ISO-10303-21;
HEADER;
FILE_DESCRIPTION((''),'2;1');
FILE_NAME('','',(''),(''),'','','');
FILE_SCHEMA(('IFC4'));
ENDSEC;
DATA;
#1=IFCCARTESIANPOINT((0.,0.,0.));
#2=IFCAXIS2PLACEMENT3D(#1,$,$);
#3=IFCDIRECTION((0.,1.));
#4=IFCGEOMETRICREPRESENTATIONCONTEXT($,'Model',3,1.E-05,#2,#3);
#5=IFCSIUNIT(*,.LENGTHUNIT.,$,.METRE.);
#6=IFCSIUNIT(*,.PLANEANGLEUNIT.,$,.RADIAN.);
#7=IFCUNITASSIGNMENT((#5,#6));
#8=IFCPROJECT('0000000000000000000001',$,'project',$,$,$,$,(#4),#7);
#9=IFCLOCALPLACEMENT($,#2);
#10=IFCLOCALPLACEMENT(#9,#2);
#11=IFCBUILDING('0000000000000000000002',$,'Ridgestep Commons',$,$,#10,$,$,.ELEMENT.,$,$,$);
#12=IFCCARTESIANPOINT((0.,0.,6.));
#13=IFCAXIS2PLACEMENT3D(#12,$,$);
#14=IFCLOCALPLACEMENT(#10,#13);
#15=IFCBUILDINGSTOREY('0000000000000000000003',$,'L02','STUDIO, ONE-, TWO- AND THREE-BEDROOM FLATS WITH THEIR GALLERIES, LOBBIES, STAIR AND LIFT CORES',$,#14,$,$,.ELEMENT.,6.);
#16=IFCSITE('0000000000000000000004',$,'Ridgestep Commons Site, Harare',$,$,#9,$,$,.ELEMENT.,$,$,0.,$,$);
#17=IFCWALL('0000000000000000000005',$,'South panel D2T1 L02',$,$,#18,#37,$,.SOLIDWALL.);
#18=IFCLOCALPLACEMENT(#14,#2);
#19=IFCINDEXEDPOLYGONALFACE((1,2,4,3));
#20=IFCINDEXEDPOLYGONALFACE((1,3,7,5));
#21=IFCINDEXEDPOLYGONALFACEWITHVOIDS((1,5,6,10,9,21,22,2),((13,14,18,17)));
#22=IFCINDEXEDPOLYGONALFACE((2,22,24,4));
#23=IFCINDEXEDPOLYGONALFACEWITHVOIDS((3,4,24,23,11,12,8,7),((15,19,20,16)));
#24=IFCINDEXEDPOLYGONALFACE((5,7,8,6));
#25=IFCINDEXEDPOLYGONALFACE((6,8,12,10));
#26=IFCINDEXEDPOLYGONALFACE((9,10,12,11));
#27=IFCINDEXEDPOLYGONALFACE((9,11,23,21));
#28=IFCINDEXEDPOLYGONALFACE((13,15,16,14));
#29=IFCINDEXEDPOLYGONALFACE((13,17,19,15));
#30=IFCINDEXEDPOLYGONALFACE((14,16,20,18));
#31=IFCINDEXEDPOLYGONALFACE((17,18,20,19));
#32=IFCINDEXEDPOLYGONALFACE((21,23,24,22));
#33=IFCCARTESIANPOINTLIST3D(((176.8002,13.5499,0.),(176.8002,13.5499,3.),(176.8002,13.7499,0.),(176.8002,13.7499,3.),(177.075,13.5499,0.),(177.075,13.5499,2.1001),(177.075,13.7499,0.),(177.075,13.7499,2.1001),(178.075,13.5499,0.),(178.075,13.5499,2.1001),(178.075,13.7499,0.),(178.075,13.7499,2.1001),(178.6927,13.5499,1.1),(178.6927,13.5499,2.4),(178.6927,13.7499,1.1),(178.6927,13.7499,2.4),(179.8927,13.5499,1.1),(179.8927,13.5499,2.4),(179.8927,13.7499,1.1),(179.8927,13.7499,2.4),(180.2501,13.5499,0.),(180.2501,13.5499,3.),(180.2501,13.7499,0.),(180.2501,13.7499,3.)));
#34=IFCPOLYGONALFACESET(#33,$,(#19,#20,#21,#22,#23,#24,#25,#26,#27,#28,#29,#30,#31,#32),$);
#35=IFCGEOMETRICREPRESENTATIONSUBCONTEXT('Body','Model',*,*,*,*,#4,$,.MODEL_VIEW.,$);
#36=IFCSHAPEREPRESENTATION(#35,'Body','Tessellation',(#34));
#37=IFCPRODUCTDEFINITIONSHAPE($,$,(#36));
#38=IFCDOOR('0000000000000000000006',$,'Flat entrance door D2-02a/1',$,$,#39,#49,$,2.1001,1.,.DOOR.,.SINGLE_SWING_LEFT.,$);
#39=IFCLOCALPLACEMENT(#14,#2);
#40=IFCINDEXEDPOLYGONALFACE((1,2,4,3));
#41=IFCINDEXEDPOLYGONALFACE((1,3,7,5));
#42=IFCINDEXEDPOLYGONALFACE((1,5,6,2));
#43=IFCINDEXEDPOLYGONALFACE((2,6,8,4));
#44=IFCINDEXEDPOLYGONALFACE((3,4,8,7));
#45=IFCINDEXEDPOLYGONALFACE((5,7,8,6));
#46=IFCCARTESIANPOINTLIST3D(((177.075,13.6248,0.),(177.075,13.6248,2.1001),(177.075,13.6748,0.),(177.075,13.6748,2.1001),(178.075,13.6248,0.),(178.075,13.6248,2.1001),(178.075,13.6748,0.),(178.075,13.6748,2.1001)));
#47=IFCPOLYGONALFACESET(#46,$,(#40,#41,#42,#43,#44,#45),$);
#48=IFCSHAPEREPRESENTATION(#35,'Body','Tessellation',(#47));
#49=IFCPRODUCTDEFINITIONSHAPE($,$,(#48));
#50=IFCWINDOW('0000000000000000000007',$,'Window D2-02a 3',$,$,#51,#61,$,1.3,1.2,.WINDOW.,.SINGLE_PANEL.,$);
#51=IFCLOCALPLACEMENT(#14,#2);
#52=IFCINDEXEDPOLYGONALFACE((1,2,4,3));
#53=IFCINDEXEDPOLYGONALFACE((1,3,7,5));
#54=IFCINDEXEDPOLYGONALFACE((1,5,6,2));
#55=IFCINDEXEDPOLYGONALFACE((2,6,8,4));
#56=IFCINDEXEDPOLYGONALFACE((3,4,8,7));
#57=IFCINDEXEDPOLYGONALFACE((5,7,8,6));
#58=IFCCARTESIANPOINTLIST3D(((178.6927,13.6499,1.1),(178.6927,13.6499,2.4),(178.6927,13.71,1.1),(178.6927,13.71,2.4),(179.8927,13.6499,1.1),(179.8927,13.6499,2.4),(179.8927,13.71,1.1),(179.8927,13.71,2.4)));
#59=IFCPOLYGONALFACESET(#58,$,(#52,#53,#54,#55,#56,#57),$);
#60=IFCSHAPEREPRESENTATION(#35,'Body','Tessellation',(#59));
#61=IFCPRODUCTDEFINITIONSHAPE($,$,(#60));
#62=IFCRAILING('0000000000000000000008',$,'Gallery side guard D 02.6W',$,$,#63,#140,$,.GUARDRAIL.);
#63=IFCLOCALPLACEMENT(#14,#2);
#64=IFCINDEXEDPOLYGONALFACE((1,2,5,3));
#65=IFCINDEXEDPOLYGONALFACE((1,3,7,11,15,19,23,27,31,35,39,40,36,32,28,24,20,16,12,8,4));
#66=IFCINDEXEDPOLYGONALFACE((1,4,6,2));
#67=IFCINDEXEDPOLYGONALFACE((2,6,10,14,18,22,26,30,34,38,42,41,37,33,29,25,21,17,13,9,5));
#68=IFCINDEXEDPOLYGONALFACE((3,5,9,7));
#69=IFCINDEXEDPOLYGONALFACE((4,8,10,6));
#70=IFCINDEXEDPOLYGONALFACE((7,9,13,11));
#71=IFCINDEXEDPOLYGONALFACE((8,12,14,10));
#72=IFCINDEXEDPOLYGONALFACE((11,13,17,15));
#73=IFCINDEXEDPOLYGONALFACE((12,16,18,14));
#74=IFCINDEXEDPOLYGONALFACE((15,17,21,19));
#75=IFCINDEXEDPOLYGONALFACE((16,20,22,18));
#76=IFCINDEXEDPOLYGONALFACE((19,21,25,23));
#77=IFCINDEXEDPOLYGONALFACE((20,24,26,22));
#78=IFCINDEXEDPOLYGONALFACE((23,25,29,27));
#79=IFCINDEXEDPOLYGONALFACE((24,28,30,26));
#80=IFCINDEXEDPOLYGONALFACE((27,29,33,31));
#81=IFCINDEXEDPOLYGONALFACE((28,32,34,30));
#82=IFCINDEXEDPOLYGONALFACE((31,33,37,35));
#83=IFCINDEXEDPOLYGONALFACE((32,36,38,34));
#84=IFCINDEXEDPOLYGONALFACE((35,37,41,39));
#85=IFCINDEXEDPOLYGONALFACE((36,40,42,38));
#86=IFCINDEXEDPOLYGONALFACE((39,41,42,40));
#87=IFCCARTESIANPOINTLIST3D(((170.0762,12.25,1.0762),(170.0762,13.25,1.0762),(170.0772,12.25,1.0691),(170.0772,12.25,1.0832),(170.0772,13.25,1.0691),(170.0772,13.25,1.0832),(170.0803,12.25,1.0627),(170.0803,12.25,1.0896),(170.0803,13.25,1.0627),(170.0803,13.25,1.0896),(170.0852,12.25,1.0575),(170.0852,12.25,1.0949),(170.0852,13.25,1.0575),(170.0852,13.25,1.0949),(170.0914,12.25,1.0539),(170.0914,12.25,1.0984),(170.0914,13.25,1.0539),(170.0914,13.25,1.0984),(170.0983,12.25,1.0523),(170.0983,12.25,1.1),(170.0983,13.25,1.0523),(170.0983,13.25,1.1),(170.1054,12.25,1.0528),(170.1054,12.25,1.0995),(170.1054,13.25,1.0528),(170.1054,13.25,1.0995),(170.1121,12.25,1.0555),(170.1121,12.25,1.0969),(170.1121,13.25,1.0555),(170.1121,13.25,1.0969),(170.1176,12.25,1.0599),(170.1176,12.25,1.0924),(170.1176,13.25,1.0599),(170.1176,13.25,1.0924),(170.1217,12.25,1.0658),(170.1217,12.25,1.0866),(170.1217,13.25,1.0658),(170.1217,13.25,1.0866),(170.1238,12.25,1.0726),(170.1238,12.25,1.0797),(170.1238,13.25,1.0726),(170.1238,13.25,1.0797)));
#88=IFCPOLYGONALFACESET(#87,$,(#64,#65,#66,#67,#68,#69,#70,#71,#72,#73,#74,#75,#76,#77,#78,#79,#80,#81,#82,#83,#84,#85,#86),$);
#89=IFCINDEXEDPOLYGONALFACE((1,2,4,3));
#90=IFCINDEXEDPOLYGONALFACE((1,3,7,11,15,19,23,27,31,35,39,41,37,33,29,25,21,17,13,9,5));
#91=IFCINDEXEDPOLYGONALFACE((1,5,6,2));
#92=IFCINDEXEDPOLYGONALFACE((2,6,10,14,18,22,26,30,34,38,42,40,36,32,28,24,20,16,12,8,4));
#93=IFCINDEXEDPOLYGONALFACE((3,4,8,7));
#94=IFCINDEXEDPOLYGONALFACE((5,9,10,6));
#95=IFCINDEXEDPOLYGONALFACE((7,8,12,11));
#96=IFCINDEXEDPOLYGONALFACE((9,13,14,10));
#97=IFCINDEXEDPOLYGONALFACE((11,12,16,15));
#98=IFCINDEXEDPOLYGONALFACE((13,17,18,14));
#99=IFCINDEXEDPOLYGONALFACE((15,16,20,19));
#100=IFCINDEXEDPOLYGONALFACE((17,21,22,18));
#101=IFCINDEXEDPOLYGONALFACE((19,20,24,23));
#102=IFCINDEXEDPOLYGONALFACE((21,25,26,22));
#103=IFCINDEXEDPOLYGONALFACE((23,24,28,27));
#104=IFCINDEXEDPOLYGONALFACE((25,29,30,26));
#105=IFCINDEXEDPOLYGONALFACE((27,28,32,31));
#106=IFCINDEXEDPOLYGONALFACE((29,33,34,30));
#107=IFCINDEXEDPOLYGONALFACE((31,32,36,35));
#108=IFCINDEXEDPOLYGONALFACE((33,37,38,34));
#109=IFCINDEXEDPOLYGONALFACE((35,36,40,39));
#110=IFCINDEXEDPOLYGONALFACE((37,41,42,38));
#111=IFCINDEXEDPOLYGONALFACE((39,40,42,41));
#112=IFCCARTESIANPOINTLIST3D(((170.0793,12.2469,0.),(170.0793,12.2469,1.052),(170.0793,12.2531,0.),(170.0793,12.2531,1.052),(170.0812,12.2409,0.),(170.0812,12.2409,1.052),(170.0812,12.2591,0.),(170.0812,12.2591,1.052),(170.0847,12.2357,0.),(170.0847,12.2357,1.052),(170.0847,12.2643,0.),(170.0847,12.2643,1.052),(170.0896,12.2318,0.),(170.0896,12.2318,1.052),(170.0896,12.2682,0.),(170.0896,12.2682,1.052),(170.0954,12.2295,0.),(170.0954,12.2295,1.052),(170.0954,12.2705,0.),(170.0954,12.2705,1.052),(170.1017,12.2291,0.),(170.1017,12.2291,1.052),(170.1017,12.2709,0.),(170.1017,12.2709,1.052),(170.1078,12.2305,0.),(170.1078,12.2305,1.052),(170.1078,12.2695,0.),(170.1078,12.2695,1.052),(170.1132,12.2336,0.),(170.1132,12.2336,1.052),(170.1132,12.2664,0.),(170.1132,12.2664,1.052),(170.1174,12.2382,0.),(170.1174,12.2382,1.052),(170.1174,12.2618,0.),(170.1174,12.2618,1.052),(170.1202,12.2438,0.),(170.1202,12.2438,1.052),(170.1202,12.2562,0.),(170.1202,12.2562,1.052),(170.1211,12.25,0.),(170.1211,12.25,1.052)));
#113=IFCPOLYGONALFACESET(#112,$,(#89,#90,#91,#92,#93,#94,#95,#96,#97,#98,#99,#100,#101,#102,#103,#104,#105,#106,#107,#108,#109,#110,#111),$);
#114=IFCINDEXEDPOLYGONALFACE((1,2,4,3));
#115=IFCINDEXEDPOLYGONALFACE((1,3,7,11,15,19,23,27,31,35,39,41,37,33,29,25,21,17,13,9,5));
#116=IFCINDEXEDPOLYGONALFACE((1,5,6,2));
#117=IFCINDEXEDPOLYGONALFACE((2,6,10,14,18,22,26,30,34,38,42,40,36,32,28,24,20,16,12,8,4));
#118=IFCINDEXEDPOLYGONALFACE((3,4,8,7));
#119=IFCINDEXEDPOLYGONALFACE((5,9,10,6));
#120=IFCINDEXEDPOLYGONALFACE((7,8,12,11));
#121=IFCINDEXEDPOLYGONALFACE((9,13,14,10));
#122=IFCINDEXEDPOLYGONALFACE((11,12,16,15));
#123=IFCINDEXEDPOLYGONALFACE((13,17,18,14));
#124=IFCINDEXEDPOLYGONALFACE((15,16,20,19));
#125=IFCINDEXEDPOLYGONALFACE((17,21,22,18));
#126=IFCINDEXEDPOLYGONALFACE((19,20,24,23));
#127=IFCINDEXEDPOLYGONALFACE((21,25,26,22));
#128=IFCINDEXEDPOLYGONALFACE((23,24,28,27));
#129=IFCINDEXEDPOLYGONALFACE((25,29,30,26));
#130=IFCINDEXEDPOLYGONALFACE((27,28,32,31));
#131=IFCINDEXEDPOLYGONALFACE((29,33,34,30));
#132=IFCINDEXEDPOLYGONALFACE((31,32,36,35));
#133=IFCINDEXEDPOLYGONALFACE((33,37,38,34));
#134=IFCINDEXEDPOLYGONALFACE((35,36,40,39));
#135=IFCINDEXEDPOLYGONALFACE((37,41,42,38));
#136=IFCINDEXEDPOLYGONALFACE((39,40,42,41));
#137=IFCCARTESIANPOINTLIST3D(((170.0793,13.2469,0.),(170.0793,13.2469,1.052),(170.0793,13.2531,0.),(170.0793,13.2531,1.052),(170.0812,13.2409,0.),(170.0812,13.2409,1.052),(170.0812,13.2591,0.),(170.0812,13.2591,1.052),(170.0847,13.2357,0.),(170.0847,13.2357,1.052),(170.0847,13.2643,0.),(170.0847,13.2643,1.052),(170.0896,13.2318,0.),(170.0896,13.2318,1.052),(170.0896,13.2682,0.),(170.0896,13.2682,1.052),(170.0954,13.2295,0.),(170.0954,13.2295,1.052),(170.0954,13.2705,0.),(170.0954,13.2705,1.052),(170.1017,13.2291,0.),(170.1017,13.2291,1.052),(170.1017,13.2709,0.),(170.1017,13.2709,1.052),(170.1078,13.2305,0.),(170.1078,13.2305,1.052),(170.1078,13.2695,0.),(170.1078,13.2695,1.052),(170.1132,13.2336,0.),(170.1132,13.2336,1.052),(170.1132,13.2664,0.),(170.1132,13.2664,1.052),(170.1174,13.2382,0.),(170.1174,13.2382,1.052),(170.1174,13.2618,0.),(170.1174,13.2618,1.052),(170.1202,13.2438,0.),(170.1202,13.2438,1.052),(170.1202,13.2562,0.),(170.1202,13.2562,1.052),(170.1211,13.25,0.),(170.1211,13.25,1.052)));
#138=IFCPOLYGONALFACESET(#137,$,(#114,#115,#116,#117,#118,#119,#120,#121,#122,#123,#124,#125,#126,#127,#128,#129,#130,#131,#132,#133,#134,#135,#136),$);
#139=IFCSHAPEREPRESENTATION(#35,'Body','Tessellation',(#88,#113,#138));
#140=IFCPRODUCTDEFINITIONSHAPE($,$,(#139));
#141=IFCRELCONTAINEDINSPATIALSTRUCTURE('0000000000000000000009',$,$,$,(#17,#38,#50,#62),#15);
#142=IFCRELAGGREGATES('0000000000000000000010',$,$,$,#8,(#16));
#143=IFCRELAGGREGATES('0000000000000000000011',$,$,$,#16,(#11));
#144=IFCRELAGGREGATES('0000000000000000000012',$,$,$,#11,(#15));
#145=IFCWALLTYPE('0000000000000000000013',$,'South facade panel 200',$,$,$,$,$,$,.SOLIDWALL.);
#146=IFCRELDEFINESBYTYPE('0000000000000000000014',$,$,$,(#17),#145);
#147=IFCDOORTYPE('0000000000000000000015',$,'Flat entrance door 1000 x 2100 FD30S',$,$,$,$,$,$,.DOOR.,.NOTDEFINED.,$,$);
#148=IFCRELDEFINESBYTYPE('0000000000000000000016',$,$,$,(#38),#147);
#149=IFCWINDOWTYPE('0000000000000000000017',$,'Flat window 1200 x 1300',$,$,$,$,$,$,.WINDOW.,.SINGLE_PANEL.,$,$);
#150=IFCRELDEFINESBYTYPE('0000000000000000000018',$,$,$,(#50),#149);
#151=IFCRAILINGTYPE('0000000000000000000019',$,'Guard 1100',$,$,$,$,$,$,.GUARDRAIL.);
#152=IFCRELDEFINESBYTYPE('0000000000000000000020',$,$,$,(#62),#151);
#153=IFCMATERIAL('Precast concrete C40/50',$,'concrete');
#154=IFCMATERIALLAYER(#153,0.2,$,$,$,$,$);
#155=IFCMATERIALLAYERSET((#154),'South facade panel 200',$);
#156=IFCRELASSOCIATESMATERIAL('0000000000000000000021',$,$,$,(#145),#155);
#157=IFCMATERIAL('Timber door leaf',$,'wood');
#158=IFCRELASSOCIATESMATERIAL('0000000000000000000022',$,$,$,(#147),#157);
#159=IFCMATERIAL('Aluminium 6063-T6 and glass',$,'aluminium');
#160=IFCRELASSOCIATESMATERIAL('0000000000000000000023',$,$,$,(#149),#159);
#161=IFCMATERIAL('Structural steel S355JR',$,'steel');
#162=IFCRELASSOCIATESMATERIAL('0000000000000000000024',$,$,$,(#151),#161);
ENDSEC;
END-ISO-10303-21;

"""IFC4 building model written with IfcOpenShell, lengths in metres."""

from ifc_helpers import new_model, si_unit, direction, frame, frame_2d, origin, origin_2d, place, context, subcontext, project, spatial, rectangle, circle, extrude, material, layer, layer_set, type_object, element, fill, save


model = new_model("IFC4")

# Units and contexts
model_context = context("Model", 3, precision=1e-05, world=origin(), true_north=direction((0.0, 1.0)))
body_context = subcontext(model_context, "Body", "Model", "MODEL_VIEW")
ifc_project = project(units=[si_unit("LENGTHUNIT", "METRE"), si_unit("PLANEANGLEUNIT", "RADIAN")], contexts=[model_context])

# Site, building, storey
site_placement = place(None, origin())
site = spatial("IfcSite", under=ifc_project, at=site_placement, Name="Ridgestep Commons Site, Harare", CompositionType="ELEMENT", RefElevation=0.0)
building_placement = place(site_placement, origin())
building = spatial("IfcBuilding", under=site, at=building_placement, Name="Ridgestep Commons", CompositionType="ELEMENT")
storey_placement = place(building_placement, frame((0.0, 0.0, 6.0)))
storey = spatial("IfcBuildingStorey", under=building, at=storey_placement, Name="L02", Description="STUDIO, ONE-, TWO- AND THREE-BEDROOM FLATS WITH THEIR GALLERIES, LOBBIES, STAIR AND LIFT CORES", CompositionType="ELEMENT", Elevation=6.0)

# Shared definitions
ifc_material_1 = material(Name="Precast concrete C40/50", Category="concrete")
ifc_layer_1 = layer(ifc_material_1, 0.2)
ifc_layer_set_1 = layer_set([ifc_layer_1], Name="South facade panel 200")
wall_type_1 = type_object("IfcWallType", Name="South facade panel 200", PredefinedType="SOLIDWALL", material=ifc_layer_set_1)
ifc_material_2 = material(Name="Timber door leaf", Category="wood")
door_type_1 = type_object("IfcDoorType", Name="Flat entrance door 1000 x 2100 FD30S", OperationType="NOTDEFINED", PredefinedType="DOOR", material=ifc_material_2)
ifc_material_3 = material(Name="Aluminium 6063-T6 and glass", Category="aluminium")
window_type_1 = type_object("IfcWindowType", Name="Flat window 1200 x 1300", PartitioningType="SINGLE_PANEL", PredefinedType="WINDOW", material=ifc_material_3)

# Wall, openings, door, window
wall_1_placement = place(storey_placement, frame((176.8, 13.6499, 0.0), z_axis=(0.0, 0.0, 1.0), x_axis=(1.0, 0.0, 0.0)))
wall_1 = element("IfcWall", 1, at=wall_1_placement, inside=storey, type_object=wall_type_1, Name="South panel D2T1 L02", PredefinedType="SOLIDWALL", context=body_context, shape_type="SweptSolid", body=[
    extrude(rectangle(XDim=3.45, YDim=0.2, at=frame_2d((1.7251, 0.0))), origin(), (0.0, 0.0, 1.0), 3.0),
])
opening_1_placement = place(wall_1_placement, frame((1.8926, 0.0, 1.1001)))
opening_1 = element("IfcOpeningElement", 2, at=opening_1_placement, cuts=wall_1, PredefinedType="OPENING", context=body_context, shape_type="SweptSolid", body=[
    extrude(rectangle(XDim=1.2, YDim=1.3, at=frame_2d((0.6001, 0.6499))), frame((0.0, 0.1099, 0.0), z_axis=(0.0, -1.0, 0.0), x_axis=(1.0, 0.0, 0.0)), (0.0, 0.0, 1.0), 0.22),
])
opening_2_placement = place(wall_1_placement, frame((0.2749, 0.0, 0.0)))
opening_2 = element("IfcOpeningElement", 3, at=opening_2_placement, cuts=wall_1, PredefinedType="OPENING", context=body_context, shape_type="SweptSolid", body=[
    extrude(rectangle(XDim=1.0, YDim=2.1001, at=frame_2d((0.5, 1.05))), frame((0.0, 0.1099, 0.0), z_axis=(0.0, -1.0, 0.0), x_axis=(1.0, 0.0, 0.0)), (0.0, 0.0, 1.0), 0.22),
])
door_1_placement = place(opening_2_placement, origin())
door_1 = element("IfcDoor", 4, at=door_1_placement, inside=storey, type_object=door_type_1, Name="Flat entrance door D2-02a/1", OperationType="SINGLE_SWING_LEFT", OverallHeight=2.1001, OverallWidth=1.0, PredefinedType="DOOR", context=body_context, shape_type="SweptSolid", body=[
    extrude(rectangle(XDim=1.0, YDim=2.1001, at=frame_2d((0.5, 1.05))), frame((0.0, 0.0249, 0.0), z_axis=(0.0, -1.0, 0.0), x_axis=(1.0, 0.0, 0.0)), (0.0, 0.0, 1.0), 0.05),
])
fill(opening_2, door_1)
window_1_placement = place(opening_1_placement, origin())
window_1 = element("IfcWindow", 5, at=window_1_placement, inside=storey, type_object=window_type_1, Name="Window D2-02a 3", OverallHeight=1.3, OverallWidth=1.2, PartitioningType="SINGLE_PANEL", PredefinedType="WINDOW", context=body_context, shape_type="SweptSolid", body=[
    extrude(rectangle(XDim=1.2, YDim=1.3, at=frame_2d((0.6001, 0.6499))), frame((0.0, 0.0601, 0.0), z_axis=(0.0, -1.0, 0.0), x_axis=(1.0, 0.0, 0.0)), (0.0, 0.0, 1.0), 0.0601),
])
fill(opening_1, window_1)

# Railing
ifc_material_4 = material(Name="Structural steel S355JR", Category="steel")
railing_type = type_object("IfcRailingType", Name="Guard 1100", PredefinedType="GUARDRAIL", material=ifc_material_4)
for number, where, name in (
    (6, (170.1001, 12.25, 0.0), "Gallery side guard D 02.6W"),
):
    element("IfcRailing", number, at=place(storey_placement, frame(where)), inside=storey, type_object=railing_type, Name=name, PredefinedType="GUARDRAIL", context=body_context, shape_type="SweptSolid", body=[
        extrude(circle(Radius=0.0239, at=origin_2d()), frame((0.0, 0.0, 1.0762), z_axis=(0.0, 1.0, 0.0), x_axis=(-1.0, 0.0, 0.0)), (0.0, 0.0, 1.0), 1.0),
        extrude(circle(Radius=0.021, at=origin_2d()), origin(), (0.0, 0.0, 1.0), 1.052),
        extrude(circle(Radius=0.021, at=origin_2d()), frame((0.0, 1.0, 0.0)), (0.0, 0.0, 1.0), 1.052),
    ])

save(model, "model.ifc")
